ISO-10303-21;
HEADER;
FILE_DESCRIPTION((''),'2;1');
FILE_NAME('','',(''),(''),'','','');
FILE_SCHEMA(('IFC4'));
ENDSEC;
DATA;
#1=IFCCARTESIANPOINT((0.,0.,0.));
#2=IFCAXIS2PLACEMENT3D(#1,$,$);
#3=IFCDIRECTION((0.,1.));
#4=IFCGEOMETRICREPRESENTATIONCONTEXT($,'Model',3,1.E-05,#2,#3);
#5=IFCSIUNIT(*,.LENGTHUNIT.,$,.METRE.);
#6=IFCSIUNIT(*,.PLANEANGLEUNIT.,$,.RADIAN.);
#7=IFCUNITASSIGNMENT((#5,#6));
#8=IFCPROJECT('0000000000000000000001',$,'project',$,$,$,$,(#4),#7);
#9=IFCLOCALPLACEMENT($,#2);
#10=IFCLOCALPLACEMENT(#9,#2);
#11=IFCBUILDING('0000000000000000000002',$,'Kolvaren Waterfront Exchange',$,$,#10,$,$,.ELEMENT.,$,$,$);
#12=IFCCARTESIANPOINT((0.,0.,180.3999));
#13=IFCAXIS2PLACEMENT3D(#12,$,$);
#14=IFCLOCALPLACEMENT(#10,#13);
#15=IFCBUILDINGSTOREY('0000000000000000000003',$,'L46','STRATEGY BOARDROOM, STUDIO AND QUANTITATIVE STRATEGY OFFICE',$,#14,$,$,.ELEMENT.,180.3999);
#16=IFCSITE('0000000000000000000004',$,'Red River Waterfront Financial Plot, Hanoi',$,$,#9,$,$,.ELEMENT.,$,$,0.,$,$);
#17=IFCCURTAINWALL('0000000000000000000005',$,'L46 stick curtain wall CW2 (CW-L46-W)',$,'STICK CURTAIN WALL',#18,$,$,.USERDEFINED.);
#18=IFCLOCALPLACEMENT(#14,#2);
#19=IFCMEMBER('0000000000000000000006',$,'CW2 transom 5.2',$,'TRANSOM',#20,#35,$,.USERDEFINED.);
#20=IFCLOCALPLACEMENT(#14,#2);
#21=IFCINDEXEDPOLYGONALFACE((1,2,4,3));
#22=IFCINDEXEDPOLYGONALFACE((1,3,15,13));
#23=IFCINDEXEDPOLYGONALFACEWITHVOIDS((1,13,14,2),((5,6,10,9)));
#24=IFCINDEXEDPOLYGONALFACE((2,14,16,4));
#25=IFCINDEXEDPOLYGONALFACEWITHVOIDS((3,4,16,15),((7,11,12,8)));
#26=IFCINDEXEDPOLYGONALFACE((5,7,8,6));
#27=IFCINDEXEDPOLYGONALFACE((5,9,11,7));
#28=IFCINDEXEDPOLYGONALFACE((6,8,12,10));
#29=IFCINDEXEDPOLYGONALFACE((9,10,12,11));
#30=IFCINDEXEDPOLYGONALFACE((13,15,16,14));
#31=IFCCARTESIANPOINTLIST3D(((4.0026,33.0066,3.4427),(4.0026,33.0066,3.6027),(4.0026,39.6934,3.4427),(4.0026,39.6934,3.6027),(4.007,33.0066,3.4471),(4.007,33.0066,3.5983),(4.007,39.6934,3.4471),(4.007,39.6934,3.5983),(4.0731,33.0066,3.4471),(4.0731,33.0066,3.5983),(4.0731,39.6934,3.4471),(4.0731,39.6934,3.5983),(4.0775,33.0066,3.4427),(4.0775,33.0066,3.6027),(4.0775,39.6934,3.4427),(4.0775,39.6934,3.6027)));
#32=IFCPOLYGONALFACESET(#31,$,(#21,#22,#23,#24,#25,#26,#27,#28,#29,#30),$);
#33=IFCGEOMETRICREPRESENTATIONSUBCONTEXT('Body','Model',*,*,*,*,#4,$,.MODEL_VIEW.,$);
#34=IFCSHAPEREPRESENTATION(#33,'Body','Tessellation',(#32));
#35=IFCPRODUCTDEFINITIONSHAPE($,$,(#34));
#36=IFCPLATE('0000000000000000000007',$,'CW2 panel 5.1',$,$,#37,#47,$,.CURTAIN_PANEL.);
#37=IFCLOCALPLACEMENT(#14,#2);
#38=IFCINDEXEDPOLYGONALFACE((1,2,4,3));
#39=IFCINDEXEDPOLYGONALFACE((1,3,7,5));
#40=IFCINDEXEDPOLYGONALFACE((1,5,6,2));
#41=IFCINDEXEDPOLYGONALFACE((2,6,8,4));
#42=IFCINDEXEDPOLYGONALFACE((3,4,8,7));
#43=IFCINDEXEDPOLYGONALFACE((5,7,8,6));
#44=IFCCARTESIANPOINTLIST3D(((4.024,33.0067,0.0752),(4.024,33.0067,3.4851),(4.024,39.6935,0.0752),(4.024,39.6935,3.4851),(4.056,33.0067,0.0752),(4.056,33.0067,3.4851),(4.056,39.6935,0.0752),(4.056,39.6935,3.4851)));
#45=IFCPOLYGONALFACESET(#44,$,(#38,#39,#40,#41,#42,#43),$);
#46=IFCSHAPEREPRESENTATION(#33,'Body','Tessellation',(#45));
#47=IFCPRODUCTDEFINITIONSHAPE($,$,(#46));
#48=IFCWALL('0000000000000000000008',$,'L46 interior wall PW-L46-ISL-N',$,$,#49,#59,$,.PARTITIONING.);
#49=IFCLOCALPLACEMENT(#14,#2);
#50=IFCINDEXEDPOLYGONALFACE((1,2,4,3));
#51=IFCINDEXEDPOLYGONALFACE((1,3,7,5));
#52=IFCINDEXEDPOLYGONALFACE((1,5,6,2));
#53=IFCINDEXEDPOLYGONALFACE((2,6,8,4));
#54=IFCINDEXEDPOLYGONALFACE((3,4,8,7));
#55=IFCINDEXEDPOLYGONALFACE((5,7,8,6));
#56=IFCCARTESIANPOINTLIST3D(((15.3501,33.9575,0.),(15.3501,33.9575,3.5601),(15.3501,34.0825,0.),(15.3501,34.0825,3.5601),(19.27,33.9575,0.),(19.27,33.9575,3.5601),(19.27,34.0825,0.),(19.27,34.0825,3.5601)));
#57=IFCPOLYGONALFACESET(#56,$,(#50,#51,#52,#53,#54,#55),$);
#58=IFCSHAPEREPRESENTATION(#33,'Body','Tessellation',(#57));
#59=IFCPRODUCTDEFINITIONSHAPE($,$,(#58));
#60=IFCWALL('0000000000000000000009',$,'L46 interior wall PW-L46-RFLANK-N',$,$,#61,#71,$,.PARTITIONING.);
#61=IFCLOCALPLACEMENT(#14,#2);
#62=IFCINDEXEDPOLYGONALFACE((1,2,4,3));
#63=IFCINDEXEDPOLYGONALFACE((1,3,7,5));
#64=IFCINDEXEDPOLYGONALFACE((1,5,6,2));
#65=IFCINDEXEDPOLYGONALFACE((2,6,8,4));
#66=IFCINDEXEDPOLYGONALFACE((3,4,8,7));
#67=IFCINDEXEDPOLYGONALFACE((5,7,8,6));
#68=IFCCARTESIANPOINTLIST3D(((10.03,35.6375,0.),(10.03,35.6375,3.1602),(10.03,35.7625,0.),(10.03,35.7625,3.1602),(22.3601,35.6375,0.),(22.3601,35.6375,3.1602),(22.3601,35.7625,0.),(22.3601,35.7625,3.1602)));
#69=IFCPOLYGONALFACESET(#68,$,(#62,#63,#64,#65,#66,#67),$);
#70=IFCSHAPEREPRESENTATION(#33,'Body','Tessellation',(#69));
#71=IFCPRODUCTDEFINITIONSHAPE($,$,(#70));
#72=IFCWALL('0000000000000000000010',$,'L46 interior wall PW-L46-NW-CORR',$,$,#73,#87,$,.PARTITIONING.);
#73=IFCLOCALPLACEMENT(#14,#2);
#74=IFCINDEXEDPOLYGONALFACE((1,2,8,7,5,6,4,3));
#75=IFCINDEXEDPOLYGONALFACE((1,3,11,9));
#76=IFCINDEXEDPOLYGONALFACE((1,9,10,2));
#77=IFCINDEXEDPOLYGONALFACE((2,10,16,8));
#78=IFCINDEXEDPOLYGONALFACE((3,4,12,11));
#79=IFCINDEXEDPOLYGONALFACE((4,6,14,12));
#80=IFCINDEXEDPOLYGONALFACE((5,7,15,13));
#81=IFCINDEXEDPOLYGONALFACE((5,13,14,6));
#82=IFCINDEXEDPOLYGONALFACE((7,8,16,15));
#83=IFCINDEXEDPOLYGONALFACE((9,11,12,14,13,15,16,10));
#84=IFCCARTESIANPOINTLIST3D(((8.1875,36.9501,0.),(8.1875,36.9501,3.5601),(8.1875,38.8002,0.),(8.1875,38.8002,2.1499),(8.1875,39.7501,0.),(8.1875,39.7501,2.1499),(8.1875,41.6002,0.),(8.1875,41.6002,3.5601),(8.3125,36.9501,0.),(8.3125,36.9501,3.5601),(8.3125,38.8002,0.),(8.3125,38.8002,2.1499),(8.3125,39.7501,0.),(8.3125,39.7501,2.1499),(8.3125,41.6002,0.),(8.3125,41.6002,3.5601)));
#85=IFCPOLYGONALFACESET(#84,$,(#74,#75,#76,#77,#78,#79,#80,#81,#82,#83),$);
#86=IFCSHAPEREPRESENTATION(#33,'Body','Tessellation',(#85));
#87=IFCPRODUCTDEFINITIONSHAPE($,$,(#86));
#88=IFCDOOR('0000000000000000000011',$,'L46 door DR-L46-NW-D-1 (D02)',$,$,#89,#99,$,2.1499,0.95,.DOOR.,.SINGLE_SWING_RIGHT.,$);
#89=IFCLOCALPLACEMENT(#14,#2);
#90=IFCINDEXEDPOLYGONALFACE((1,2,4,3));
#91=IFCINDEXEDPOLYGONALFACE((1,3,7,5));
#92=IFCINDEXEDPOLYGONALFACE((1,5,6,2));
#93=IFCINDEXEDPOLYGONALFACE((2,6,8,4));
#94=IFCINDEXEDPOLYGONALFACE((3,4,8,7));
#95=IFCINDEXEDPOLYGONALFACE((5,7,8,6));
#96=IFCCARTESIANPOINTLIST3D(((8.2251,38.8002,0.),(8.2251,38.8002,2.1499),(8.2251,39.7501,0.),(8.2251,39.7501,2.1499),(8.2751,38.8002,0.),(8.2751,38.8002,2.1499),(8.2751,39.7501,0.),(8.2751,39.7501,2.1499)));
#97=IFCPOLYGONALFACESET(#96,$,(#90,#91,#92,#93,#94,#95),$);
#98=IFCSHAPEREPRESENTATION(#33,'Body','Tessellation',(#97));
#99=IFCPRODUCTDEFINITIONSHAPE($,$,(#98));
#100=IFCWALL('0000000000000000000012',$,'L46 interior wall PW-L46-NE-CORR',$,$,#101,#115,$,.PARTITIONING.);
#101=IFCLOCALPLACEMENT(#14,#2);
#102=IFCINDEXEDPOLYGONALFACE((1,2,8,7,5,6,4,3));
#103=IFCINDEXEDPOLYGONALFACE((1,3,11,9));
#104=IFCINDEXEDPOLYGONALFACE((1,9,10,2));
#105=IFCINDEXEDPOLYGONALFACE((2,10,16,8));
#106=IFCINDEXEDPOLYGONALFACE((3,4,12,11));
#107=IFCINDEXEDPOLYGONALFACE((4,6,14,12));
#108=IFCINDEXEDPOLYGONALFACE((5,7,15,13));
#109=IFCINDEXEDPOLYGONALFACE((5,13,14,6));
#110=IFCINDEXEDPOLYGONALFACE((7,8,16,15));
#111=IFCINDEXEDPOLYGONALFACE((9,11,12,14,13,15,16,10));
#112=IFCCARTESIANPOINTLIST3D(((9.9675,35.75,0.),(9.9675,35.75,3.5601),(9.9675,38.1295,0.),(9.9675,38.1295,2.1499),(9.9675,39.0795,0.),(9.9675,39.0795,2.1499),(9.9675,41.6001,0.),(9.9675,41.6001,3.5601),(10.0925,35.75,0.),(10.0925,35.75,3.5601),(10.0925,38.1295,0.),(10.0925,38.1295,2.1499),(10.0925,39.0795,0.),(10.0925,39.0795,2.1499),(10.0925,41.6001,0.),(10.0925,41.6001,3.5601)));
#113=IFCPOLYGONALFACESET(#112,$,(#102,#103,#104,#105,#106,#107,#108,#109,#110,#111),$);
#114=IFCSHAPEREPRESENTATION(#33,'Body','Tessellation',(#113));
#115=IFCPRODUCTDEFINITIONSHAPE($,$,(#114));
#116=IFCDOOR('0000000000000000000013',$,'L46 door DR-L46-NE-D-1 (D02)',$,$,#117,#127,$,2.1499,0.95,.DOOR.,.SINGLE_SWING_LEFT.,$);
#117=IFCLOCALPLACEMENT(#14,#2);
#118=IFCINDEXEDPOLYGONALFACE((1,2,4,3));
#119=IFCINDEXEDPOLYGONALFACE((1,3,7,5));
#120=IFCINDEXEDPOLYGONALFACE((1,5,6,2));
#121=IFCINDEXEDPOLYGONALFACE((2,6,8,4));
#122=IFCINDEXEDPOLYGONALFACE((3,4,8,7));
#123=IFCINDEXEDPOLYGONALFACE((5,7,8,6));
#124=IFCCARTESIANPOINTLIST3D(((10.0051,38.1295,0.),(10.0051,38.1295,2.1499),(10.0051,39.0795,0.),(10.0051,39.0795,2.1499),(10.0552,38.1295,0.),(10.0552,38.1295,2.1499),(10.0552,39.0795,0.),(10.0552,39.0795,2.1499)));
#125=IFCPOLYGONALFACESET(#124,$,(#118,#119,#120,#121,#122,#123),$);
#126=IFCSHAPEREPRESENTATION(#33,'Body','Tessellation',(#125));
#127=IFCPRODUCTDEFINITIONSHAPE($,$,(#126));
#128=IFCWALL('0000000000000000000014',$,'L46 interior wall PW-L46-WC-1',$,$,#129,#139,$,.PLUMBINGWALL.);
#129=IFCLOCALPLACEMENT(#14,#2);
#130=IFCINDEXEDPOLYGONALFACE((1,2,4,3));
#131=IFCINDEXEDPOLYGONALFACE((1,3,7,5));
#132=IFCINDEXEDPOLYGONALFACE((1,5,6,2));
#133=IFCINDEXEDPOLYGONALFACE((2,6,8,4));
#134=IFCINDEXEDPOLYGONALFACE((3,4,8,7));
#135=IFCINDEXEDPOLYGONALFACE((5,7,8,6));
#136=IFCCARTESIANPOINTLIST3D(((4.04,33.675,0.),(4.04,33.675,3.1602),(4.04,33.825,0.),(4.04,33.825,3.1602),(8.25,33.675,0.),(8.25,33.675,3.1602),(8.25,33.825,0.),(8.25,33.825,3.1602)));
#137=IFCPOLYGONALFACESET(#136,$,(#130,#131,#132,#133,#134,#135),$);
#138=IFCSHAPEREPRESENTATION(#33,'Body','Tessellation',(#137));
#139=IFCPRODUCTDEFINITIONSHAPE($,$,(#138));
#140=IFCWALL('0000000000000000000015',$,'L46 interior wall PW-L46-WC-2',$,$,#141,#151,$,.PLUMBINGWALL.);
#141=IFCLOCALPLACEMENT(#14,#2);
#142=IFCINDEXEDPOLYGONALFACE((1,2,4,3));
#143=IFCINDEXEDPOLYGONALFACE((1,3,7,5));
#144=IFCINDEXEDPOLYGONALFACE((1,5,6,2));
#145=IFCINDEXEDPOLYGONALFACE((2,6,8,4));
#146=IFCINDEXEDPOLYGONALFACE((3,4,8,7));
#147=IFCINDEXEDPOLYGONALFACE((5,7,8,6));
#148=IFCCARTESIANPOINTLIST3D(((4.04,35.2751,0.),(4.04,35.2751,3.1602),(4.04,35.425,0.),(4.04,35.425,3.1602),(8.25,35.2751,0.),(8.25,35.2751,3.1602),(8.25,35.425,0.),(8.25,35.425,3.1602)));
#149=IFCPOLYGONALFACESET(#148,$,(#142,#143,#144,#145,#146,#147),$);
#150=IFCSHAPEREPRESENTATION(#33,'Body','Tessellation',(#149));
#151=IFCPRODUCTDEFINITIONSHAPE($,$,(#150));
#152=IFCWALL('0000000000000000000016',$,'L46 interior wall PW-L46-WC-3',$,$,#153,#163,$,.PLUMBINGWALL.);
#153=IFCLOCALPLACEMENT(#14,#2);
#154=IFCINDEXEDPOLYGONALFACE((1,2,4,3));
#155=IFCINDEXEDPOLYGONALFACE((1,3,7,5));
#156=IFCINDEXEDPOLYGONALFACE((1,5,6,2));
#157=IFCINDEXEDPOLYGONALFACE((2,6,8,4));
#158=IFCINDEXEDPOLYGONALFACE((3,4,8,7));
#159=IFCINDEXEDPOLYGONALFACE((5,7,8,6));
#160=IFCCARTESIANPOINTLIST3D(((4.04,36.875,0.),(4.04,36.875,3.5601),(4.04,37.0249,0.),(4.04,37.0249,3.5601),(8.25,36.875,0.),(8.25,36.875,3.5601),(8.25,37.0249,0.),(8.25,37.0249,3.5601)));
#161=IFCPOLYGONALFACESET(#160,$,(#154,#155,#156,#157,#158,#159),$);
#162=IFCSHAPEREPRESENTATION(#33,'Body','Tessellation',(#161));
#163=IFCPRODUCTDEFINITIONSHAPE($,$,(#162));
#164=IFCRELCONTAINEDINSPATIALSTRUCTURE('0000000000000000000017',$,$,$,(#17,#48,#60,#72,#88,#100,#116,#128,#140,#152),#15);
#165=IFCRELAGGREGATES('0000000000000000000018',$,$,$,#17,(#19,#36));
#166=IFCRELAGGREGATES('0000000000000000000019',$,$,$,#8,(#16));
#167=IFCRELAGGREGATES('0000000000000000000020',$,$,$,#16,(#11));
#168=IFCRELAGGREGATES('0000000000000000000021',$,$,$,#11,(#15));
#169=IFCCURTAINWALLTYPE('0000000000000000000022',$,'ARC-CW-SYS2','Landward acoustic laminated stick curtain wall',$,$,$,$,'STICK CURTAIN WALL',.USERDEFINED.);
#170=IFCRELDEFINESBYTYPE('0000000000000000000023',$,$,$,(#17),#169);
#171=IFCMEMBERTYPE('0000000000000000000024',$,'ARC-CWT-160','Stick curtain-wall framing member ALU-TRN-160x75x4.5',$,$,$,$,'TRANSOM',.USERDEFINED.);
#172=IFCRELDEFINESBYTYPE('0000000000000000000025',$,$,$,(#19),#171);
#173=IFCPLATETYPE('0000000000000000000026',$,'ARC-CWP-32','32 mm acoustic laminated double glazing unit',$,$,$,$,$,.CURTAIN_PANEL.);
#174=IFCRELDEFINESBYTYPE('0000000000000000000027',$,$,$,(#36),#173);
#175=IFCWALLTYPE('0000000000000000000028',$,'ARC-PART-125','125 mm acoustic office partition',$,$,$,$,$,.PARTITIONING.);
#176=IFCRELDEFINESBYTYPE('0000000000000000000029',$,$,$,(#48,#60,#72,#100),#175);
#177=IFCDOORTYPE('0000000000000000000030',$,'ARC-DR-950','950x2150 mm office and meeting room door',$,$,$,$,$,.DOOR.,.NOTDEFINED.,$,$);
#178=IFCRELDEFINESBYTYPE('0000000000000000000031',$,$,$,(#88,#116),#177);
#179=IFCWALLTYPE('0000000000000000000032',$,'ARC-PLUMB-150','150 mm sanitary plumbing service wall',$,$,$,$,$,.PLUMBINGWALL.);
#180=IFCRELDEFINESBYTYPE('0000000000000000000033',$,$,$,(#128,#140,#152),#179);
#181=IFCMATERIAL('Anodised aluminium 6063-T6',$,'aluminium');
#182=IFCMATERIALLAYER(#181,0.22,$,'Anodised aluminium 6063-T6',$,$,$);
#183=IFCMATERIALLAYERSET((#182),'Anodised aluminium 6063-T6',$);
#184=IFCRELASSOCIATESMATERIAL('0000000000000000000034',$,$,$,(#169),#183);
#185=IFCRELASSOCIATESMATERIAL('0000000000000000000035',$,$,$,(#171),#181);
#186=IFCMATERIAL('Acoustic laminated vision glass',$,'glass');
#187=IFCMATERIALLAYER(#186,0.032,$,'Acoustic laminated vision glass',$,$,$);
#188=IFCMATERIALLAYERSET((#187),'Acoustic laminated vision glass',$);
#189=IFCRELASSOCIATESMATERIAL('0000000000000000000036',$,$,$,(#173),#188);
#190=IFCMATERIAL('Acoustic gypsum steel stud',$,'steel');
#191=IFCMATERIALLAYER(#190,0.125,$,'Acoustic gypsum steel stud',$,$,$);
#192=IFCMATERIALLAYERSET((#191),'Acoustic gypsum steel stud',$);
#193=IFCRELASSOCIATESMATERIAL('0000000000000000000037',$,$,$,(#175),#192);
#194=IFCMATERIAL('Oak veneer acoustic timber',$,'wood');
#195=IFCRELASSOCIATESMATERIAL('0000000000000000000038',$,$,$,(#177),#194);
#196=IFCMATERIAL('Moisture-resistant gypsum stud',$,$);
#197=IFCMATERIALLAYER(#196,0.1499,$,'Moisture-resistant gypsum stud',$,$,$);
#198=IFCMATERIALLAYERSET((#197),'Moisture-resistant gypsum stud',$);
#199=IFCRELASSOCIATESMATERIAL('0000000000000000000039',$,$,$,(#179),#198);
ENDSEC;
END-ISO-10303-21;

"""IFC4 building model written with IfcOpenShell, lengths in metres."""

from ifc_helpers import new_model, si_unit, direction, frame, frame_2d, origin, origin_with_axes, origin_2d, place, context, subcontext, project, spatial, rectangle, hollow_rectangle, extrude, source, transform, mapped, material, layer, layer_set, material_profile, profile_set, type_object, element, fill, aggregate, save


model = new_model("IFC4")

# Units and contexts
model_context = context("Model", 3, precision=1e-05, world=origin(), true_north=direction((0.0, 1.0)))
body_context = subcontext(model_context, "Body", "Model", "MODEL_VIEW")
ifc_project = project(units=[si_unit("LENGTHUNIT", "METRE"), si_unit("PLANEANGLEUNIT", "RADIAN")], contexts=[model_context])

# Site, building, storey
site_placement = place(None, origin())
site = spatial("IfcSite", under=ifc_project, at=site_placement, Name="Red River Waterfront Financial Plot, Hanoi", CompositionType="ELEMENT", RefElevation=0.0)
building_placement = place(site_placement, origin())
building = spatial("IfcBuilding", under=site, at=building_placement, Name="Kolvaren Waterfront Exchange", CompositionType="ELEMENT")
storey_placement = place(building_placement, frame((0.0, 0.0, 180.3999)))
storey = spatial("IfcBuildingStorey", under=building, at=storey_placement, Name="L46", Description="STRATEGY BOARDROOM, STUDIO AND QUANTITATIVE STRATEGY OFFICE", CompositionType="ELEMENT", Elevation=180.3999)

# Curtain wall, member, plate
ifc_material_1 = material(Name="Anodised aluminium 6063-T6", Category="aluminium")
ifc_layer_1 = layer(ifc_material_1, 0.22, Name="Anodised aluminium 6063-T6")
ifc_layer_set_1 = layer_set([ifc_layer_1], Name="Anodised aluminium 6063-T6")
curtain_wall_type = type_object("IfcCurtainWallType", Name="ARC-CW-SYS2", Description="Landward acoustic laminated stick curtain wall", ElementType="STICK CURTAIN WALL", PredefinedType="USERDEFINED", material=ifc_layer_set_1)
curtain_wall_placement = place(storey_placement, origin())
curtain_wall = element("IfcCurtainWall", 1, at=curtain_wall_placement, inside=storey, type_object=curtain_wall_type, Name="L46 stick curtain wall CW2 (CW-L46-W)", ObjectType="STICK CURTAIN WALL", PredefinedType="USERDEFINED")
ifc_material_profile_1 = material_profile(ifc_material_1, hollow_rectangle(XDim=0.075, YDim=0.1599, WallThickness=0.0044, at=origin_2d()), Name="ALU-TRN-160x75x4.5")
ifc_profile_set_1 = profile_set([ifc_material_profile_1], Name="Anodised aluminium 6063-T6")
member_type_1 = type_object("IfcMemberType", Name="ARC-CWT-160", Description="Stick curtain-wall framing member ALU-TRN-160x75x4.5", ElementType="TRANSOM", PredefinedType="USERDEFINED", material=ifc_profile_set_1)
shared_shape_1 = source(origin_with_axes(), body_context, "Body", "SweptSolid", [
    extrude(hollow_rectangle(XDim=0.075, YDim=0.1599, WallThickness=0.0044, at=origin_2d()), origin(), (0.0, 0.0, 1.0), 6.6868),
])
member_1_placement = place(storey_placement, frame((4.04, 33.0066, 3.5227), z_axis=(0.0, 1.0, 0.0), x_axis=(-1.0, 0.0, 0.0)))
member_1 = element("IfcMember", 2, at=member_1_placement, type_object=member_type_1, Name="CW2 transom 5.2", ObjectType="TRANSOM", PredefinedType="USERDEFINED", context=body_context, shape_type="MappedRepresentation", body=[
    mapped(shared_shape_1, transform((0.0, 0.0, 0.0), x_axis=(1.0, 0.0, 0.0), y_axis=(0.0, 1.0, 0.0), z_axis=(0.0, 0.0, 1.0), scale=1.0)),
])
ifc_material_2 = material(Name="Acoustic laminated vision glass", Category="glass")
ifc_layer_2 = layer(ifc_material_2, 0.032, Name="Acoustic laminated vision glass")
ifc_layer_set_2 = layer_set([ifc_layer_2], Name="Acoustic laminated vision glass")
plate_type = type_object("IfcPlateType", Name="ARC-CWP-32", Description="32 mm acoustic laminated double glazing unit", PredefinedType="CURTAIN_PANEL", material=ifc_layer_set_2)
shared_shape_2 = source(origin_with_axes(), body_context, "Body", "SweptSolid", [
    extrude(rectangle(XDim=6.6868, YDim=0.032, at=origin_2d()), origin(), (0.0, 0.0, 1.0), 3.4099),
])
plate_placement = place(storey_placement, frame((4.04, 36.3501, 0.0752), z_axis=(0.0, 0.0, 1.0), x_axis=(0.0, 1.0, 0.0)))
plate = element("IfcPlate", 3, at=plate_placement, type_object=plate_type, Name="CW2 panel 5.1", PredefinedType="CURTAIN_PANEL", context=body_context, shape_type="MappedRepresentation", body=[
    mapped(shared_shape_2, transform((0.0, 0.0, 0.0), x_axis=(1.0, 0.0, 0.0), y_axis=(0.0, 1.0, 0.0), z_axis=(0.0, 0.0, 1.0), scale=1.0)),
])
aggregate(curtain_wall, [member_1, plate])

# Walls
ifc_material_3 = material(Name="Acoustic gypsum steel stud", Category="steel")
ifc_layer_3 = layer(ifc_material_3, 0.125, Name="Acoustic gypsum steel stud")
ifc_layer_set_3 = layer_set([ifc_layer_3], Name="Acoustic gypsum steel stud")
wall_type_1 = type_object("IfcWallType", Name="ARC-PART-125", Description="125 mm acoustic office partition", PredefinedType="PARTITIONING", material=ifc_layer_set_3)
wall_1_placement = place(storey_placement, frame((15.3501, 34.02, 0.0), z_axis=(0.0, 0.0, 1.0), x_axis=(1.0, 0.0, 0.0)))
element("IfcWall", 4, at=wall_1_placement, inside=storey, type_object=wall_type_1, Name="L46 interior wall PW-L46-ISL-N", PredefinedType="PARTITIONING", context=body_context, shape_type="SweptSolid", body=[
    extrude(rectangle(XDim=3.9199, YDim=0.125, at=frame_2d((1.96, 0.0))), origin(), (0.0, 0.0, 1.0), 3.5601),
])
wall_2_placement = place(storey_placement, frame((10.03, 35.7, 0.0), z_axis=(0.0, 0.0, 1.0), x_axis=(1.0, 0.0, 0.0)))
element("IfcWall", 5, at=wall_2_placement, inside=storey, type_object=wall_type_1, Name="L46 interior wall PW-L46-RFLANK-N", PredefinedType="PARTITIONING", context=body_context, shape_type="SweptSolid", body=[
    extrude(rectangle(XDim=12.3301, YDim=0.125, at=frame_2d((6.165, 0.0))), origin(), (0.0, 0.0, 1.0), 3.1602),
])

# Walls, openings, doors
wall_3_placement = place(storey_placement, frame((8.25, 36.95, 0.0), z_axis=(0.0, 0.0, 1.0), x_axis=(0.0, 1.0, 0.0)))
wall_3 = element("IfcWall", 6, at=wall_3_placement, inside=storey, type_object=wall_type_1, Name="L46 interior wall PW-L46-NW-CORR", PredefinedType="PARTITIONING", context=body_context, shape_type="SweptSolid", body=[
    extrude(rectangle(XDim=4.6501, YDim=0.125, at=frame_2d((2.3252, 0.0))), origin(), (0.0, 0.0, 1.0), 3.5601),
])
opening_1_placement = place(wall_3_placement, frame((1.8501, 0.0, 0.0)))
opening_1 = element("IfcOpeningElement", 7, at=opening_1_placement, cuts=wall_3, PredefinedType="OPENING", context=body_context, shape_type="SweptSolid", body=[
    extrude(rectangle(XDim=0.95, YDim=2.1499, at=frame_2d((0.4751, 1.075))), frame((0.0, 0.0725, 0.0), z_axis=(0.0, -1.0, 0.0), x_axis=(1.0, 0.0, 0.0)), (0.0, 0.0, 1.0), 0.145),
])
ifc_material_4 = material(Name="Oak veneer acoustic timber", Category="wood")
door_type_1 = type_object("IfcDoorType", Name="ARC-DR-950", Description="950x2150 mm office and meeting room door", OperationType="NOTDEFINED", PredefinedType="DOOR", material=ifc_material_4)
door_1_placement = place(opening_1_placement, origin())
door_1 = element("IfcDoor", 8, at=door_1_placement, inside=storey, type_object=door_type_1, Name="L46 door DR-L46-NW-D-1 (D02)", OperationType="SINGLE_SWING_RIGHT", OverallHeight=2.1499, OverallWidth=0.95, PredefinedType="DOOR", context=body_context, shape_type="SweptSolid", body=[
    extrude(rectangle(XDim=0.95, YDim=2.1499, at=frame_2d((0.4751, 1.075))), frame((0.0, 0.0249, 0.0), z_axis=(0.0, -1.0, 0.0), x_axis=(1.0, 0.0, 0.0)), (0.0, 0.0, 1.0), 0.05),
])
fill(opening_1, door_1)
wall_4_placement = place(storey_placement, frame((10.03, 35.75, 0.0), z_axis=(0.0, 0.0, 1.0), x_axis=(0.0, 1.0, 0.0)))
wall_4 = element("IfcWall", 9, at=wall_4_placement, inside=storey, type_object=wall_type_1, Name="L46 interior wall PW-L46-NE-CORR", PredefinedType="PARTITIONING", context=body_context, shape_type="SweptSolid", body=[
    extrude(rectangle(XDim=5.8501, YDim=0.125, at=frame_2d((2.925, 0.0))), origin(), (0.0, 0.0, 1.0), 3.5601),
])
opening_2_placement = place(wall_4_placement, frame((2.3794, 0.0, 0.0)))
opening_2 = element("IfcOpeningElement", 10, at=opening_2_placement, cuts=wall_4, PredefinedType="OPENING", context=body_context, shape_type="SweptSolid", body=[
    extrude(rectangle(XDim=0.95, YDim=2.1499, at=frame_2d((0.4751, 1.075))), frame((0.0, 0.0725, 0.0), z_axis=(0.0, -1.0, 0.0), x_axis=(1.0, 0.0, 0.0)), (0.0, 0.0, 1.0), 0.145),
])
door_2_placement = place(opening_2_placement, origin())
door_2 = element("IfcDoor", 11, at=door_2_placement, inside=storey, type_object=door_type_1, Name="L46 door DR-L46-NE-D-1 (D02)", OperationType="SINGLE_SWING_LEFT", OverallHeight=2.1499, OverallWidth=0.95, PredefinedType="DOOR", context=body_context, shape_type="SweptSolid", body=[
    extrude(rectangle(XDim=0.95, YDim=2.1499, at=frame_2d((0.4751, 1.075))), frame((0.0, 0.0249, 0.0), z_axis=(0.0, -1.0, 0.0), x_axis=(1.0, 0.0, 0.0)), (0.0, 0.0, 1.0), 0.05),
])
fill(opening_2, door_2)

# Shared definitions
ifc_material_5 = material(Name="Moisture-resistant gypsum stud")
ifc_layer_4 = layer(ifc_material_5, 0.1499, Name="Moisture-resistant gypsum stud")
ifc_layer_set_4 = layer_set([ifc_layer_4], Name="Moisture-resistant gypsum stud")
wall_type_2 = type_object("IfcWallType", Name="ARC-PLUMB-150", Description="150 mm sanitary plumbing service wall", PredefinedType="PLUMBINGWALL", material=ifc_layer_set_4)

# Walls
for number, where, z_axis, x_axis, name in (
    (12, (4.04, 33.75, 0.0), (0.0, 0.0, 1.0), (1.0, 0.0, 0.0), "L46 interior wall PW-L46-WC-1"),
    (13, (4.04, 35.3501, 0.0), (0.0, 0.0, 1.0), (1.0, 0.0, 0.0), "L46 interior wall PW-L46-WC-2"),
):
    element("IfcWall", number, at=place(storey_placement, frame(where, z_axis=z_axis, x_axis=x_axis)), inside=storey, type_object=wall_type_2, Name=name, PredefinedType="PLUMBINGWALL", context=body_context, shape_type="SweptSolid", body=[
        extrude(rectangle(XDim=4.21, YDim=0.1499, at=frame_2d((2.105, 0.0))), origin(), (0.0, 0.0, 1.0), 3.1602),
    ])
wall_5_placement = place(storey_placement, frame((4.04, 36.95, 0.0), z_axis=(0.0, 0.0, 1.0), x_axis=(1.0, 0.0, 0.0)))
element("IfcWall", 14, at=wall_5_placement, inside=storey, type_object=wall_type_2, Name="L46 interior wall PW-L46-WC-3", PredefinedType="PLUMBINGWALL", context=body_context, shape_type="SweptSolid", body=[
    extrude(rectangle(XDim=4.21, YDim=0.1499, at=frame_2d((2.105, 0.0))), origin(), (0.0, 0.0, 1.0), 3.5601),
])

save(model, "model.ifc")
